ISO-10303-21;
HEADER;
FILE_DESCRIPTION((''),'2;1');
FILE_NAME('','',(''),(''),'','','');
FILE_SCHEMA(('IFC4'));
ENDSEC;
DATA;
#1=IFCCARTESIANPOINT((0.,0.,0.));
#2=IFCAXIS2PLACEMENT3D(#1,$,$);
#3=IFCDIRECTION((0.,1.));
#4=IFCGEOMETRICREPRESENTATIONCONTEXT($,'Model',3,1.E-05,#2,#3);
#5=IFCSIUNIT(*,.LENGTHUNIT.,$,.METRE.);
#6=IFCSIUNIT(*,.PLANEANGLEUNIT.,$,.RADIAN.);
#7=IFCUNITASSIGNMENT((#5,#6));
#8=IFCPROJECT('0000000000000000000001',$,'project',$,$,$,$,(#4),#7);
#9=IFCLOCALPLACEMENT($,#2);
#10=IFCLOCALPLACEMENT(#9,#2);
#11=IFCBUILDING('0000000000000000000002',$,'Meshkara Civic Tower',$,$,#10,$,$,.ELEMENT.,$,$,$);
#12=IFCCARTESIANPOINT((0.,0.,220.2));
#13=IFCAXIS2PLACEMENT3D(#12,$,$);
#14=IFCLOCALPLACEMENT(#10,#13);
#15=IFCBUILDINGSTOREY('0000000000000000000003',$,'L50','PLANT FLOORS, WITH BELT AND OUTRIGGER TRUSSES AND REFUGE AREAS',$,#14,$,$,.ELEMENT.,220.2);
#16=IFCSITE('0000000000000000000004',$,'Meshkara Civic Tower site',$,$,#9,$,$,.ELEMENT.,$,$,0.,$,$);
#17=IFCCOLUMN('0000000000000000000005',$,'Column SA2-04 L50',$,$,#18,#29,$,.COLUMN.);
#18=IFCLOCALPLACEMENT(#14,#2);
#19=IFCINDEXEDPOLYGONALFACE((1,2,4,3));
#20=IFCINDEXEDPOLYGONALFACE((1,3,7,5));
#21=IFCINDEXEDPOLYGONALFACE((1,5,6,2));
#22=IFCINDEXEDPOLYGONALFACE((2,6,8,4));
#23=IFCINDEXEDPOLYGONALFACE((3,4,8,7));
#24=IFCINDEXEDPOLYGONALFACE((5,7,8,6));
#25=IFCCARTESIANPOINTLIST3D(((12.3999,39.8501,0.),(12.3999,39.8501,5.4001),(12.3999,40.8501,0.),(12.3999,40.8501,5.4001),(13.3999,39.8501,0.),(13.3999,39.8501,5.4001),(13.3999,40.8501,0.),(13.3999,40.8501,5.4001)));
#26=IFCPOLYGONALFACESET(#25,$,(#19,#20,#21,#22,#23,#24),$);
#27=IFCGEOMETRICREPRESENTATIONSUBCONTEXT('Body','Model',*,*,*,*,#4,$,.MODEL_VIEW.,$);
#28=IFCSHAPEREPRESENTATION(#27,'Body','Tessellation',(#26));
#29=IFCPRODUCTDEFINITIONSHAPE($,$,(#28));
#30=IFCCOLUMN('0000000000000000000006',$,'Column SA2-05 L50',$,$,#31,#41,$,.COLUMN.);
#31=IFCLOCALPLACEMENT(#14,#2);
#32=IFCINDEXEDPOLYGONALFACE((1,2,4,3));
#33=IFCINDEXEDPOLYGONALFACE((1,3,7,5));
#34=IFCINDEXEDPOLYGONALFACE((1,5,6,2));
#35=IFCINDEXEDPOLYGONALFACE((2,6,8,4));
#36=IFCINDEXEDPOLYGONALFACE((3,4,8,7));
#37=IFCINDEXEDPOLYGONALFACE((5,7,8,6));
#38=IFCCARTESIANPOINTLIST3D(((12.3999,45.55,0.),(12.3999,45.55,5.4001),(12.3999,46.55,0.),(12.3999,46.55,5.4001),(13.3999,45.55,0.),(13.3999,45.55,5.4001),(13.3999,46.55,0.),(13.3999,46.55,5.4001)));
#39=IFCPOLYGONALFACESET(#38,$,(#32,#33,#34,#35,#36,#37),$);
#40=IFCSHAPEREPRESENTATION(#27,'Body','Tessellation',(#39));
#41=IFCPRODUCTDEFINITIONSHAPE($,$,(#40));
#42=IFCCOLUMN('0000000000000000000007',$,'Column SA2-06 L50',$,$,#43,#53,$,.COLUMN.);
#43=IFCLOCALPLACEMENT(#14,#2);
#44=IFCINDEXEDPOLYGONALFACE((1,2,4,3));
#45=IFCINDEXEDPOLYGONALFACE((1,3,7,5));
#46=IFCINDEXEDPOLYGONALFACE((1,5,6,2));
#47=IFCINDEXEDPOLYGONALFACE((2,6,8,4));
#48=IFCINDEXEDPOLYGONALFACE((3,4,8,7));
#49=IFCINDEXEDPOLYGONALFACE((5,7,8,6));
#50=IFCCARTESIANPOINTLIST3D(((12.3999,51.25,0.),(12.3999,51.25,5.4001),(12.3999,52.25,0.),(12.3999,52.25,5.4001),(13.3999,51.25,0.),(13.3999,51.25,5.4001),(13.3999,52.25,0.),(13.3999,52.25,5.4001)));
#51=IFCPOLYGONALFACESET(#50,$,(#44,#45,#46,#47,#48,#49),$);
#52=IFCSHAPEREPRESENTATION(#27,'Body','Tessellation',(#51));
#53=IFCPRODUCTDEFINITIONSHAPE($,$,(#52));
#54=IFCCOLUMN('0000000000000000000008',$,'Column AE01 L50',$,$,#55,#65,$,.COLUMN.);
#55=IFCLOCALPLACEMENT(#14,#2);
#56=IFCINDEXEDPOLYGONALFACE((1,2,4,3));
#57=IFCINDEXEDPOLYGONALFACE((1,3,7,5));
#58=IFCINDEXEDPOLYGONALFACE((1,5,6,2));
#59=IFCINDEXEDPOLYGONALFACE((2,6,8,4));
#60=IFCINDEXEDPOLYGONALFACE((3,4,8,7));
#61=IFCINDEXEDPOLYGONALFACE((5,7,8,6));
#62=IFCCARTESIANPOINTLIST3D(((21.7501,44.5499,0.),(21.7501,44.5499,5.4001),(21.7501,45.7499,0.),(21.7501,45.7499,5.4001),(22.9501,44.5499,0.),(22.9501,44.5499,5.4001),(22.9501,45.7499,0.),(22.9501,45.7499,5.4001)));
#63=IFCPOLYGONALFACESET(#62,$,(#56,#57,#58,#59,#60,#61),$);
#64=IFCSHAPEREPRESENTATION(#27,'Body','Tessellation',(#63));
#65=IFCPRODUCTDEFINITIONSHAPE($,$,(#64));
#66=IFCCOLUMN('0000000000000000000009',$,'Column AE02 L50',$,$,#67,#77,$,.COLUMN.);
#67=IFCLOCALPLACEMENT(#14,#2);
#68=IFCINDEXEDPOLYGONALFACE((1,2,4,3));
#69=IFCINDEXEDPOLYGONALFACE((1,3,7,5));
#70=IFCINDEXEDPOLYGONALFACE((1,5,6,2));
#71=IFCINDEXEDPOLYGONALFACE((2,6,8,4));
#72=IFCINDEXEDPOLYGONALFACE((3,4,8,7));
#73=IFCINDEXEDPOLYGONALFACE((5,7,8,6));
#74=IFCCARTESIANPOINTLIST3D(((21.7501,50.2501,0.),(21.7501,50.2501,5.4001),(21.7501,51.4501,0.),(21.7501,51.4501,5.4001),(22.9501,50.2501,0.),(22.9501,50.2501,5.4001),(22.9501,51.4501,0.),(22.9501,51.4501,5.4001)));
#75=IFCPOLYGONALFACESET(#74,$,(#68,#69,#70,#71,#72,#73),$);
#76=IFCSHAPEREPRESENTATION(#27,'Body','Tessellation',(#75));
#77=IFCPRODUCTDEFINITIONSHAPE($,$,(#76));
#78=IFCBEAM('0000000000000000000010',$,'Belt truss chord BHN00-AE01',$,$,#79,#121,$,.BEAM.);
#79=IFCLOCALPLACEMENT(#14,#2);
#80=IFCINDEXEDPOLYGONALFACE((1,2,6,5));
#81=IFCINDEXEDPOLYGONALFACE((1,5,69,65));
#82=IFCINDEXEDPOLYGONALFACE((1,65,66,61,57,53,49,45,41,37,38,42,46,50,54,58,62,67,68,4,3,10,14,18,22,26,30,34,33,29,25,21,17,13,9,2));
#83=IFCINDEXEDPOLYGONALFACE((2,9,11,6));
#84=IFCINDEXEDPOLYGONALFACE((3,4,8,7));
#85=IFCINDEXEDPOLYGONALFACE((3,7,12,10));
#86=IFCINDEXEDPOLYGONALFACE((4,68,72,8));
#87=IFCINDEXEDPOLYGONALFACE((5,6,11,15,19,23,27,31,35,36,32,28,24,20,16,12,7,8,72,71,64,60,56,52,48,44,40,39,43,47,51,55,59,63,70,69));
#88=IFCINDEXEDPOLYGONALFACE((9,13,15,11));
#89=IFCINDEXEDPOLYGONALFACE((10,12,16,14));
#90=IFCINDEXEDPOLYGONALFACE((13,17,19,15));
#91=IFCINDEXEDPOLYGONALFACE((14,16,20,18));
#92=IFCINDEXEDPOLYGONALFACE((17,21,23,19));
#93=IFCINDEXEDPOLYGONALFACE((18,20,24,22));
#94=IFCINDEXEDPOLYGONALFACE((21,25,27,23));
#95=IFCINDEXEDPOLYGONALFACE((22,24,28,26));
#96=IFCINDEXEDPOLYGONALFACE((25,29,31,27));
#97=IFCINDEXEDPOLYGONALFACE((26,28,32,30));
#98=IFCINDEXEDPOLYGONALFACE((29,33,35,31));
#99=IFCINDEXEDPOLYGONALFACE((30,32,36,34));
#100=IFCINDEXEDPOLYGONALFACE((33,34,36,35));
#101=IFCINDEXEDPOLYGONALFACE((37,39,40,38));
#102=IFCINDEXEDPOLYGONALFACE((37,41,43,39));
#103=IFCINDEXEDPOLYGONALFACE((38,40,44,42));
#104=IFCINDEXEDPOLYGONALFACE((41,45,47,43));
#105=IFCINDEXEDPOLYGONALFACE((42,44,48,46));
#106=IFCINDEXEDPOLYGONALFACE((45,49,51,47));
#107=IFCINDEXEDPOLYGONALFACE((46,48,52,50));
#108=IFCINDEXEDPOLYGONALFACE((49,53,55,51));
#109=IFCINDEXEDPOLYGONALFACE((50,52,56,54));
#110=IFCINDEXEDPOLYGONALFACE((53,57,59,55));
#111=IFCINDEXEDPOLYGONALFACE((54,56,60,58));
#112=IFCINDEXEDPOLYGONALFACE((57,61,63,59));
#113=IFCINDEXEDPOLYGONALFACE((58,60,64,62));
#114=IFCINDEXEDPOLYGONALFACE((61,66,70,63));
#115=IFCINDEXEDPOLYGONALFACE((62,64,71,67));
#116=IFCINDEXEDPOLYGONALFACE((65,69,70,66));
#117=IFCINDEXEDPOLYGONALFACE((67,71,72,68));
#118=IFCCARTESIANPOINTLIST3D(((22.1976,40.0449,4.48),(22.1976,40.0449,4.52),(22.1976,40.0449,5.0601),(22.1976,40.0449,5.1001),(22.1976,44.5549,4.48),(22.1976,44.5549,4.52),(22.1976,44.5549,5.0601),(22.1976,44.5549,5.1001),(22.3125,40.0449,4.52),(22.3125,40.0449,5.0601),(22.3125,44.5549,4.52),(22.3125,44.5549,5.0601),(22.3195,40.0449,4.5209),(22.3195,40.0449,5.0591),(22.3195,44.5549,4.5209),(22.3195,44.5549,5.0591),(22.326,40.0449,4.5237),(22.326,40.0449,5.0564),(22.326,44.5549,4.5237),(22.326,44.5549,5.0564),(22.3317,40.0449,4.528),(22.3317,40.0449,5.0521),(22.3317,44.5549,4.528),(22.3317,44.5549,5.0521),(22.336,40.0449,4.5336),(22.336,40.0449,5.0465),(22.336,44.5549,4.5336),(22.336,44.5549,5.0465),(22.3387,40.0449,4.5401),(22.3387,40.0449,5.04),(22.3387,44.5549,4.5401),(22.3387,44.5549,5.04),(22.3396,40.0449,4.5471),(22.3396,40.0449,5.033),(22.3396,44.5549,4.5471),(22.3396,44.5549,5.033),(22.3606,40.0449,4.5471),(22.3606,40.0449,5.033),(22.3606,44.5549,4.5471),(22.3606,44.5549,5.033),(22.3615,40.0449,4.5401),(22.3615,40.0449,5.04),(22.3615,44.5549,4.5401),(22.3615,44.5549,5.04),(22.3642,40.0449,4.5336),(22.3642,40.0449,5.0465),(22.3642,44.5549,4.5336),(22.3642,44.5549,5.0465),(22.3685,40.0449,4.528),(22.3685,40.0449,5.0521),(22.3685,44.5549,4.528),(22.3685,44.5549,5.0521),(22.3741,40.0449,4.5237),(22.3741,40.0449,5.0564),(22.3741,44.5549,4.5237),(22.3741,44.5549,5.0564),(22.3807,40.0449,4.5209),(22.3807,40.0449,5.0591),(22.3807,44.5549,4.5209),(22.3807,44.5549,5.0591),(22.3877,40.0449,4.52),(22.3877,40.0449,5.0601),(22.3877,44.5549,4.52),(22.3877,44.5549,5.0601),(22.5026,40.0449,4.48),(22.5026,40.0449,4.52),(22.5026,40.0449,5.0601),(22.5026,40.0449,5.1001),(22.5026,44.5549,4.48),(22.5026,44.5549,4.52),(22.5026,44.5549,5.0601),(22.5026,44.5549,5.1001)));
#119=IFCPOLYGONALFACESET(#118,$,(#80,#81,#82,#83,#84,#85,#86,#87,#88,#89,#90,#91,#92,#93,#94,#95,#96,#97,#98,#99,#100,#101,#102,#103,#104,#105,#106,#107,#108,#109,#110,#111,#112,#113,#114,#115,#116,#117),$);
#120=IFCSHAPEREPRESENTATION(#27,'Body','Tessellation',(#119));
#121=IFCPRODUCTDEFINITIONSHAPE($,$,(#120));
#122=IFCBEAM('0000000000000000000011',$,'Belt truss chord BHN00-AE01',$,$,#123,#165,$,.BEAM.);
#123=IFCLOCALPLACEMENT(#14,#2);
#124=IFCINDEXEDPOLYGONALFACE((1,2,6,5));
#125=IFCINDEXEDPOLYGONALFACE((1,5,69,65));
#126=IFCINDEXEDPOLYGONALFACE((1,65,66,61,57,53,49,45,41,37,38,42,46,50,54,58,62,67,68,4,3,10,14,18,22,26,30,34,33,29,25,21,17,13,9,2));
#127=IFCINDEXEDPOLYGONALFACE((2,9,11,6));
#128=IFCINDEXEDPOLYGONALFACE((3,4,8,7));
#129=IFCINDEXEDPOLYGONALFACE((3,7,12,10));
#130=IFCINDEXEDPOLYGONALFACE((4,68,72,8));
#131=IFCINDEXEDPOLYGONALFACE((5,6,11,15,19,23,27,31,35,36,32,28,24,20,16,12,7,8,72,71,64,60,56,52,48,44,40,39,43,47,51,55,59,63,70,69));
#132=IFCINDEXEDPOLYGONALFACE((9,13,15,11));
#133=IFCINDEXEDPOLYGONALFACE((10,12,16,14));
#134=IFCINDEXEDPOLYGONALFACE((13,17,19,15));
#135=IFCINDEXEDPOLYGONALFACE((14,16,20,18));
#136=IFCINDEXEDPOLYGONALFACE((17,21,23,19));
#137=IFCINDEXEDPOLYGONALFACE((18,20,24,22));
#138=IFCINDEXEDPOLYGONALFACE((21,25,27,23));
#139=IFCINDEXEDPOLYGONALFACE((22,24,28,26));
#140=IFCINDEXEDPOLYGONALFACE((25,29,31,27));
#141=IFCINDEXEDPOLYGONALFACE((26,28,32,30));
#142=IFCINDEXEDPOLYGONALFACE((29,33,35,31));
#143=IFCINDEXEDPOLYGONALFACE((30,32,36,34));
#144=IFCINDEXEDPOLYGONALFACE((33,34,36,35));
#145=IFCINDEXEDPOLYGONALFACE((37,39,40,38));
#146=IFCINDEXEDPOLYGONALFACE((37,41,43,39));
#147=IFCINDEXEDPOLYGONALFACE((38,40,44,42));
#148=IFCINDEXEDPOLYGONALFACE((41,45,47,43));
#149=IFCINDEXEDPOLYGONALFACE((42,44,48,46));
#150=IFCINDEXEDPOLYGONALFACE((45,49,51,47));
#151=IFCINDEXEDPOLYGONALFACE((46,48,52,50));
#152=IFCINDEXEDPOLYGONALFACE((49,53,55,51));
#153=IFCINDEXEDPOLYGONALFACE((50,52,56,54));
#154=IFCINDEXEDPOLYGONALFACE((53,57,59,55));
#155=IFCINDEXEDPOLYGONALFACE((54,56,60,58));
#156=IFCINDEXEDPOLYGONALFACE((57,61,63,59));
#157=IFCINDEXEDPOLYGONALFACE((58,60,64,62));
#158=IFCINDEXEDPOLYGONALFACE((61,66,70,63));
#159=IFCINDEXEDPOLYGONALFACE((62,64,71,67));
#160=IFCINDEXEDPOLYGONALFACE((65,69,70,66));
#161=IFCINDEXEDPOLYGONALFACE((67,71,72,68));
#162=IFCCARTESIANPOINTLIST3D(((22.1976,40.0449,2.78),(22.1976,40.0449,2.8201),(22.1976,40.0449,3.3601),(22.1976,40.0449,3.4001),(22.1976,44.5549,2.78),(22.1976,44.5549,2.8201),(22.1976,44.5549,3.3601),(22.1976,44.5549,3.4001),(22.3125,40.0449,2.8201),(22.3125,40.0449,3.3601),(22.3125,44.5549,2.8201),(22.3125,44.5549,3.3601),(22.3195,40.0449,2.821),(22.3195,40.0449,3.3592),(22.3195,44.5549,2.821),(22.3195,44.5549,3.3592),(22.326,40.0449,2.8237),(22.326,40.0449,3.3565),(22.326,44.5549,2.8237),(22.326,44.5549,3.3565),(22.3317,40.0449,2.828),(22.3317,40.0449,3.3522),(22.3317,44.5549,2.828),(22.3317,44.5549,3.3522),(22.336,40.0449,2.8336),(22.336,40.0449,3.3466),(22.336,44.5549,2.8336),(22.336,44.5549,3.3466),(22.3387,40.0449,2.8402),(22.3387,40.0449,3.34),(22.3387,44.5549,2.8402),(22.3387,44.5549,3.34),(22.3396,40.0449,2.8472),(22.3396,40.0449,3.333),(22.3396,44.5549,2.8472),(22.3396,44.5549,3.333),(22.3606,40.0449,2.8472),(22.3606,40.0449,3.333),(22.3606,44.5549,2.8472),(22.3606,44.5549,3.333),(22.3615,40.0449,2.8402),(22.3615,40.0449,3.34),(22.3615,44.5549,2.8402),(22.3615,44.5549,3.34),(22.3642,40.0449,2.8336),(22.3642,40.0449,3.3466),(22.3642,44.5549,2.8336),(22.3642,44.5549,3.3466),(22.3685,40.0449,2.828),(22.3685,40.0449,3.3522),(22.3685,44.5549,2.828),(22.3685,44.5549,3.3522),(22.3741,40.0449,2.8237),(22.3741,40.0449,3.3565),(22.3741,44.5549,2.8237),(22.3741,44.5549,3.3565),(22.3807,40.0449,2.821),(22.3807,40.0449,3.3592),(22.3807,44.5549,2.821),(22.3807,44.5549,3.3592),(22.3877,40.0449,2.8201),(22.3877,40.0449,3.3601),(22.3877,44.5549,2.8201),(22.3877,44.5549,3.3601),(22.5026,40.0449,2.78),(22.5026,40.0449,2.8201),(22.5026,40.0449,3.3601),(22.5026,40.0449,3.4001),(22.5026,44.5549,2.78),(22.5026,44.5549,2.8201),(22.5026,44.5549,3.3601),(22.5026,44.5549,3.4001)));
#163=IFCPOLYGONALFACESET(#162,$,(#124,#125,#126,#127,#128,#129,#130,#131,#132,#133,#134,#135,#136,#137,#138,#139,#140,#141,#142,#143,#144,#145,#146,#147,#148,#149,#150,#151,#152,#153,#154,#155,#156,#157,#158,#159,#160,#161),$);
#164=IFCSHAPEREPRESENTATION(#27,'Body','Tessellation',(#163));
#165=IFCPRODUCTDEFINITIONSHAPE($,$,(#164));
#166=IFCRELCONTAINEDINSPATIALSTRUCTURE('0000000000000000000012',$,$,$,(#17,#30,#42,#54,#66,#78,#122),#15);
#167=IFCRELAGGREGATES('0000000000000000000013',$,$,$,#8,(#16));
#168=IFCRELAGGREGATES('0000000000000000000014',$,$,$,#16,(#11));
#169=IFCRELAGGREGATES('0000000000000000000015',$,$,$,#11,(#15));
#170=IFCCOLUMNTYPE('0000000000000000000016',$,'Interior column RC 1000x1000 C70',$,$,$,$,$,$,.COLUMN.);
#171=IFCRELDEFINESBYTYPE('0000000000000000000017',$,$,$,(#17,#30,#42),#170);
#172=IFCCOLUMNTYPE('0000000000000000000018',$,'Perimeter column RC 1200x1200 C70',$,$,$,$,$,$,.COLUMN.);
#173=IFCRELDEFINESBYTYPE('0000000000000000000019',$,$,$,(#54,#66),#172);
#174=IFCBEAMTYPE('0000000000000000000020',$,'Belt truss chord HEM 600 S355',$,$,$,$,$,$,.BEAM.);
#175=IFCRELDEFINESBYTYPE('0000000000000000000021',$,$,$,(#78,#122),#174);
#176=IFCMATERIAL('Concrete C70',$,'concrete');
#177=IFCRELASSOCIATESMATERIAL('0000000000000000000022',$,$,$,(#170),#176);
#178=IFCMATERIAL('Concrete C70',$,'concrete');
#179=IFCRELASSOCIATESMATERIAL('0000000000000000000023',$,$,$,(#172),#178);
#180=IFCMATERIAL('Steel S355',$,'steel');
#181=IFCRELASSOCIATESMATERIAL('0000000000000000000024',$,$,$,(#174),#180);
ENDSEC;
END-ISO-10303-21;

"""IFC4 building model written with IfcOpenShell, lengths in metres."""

from ifc_helpers import new_model, si_unit, direction, frame, origin, origin_2d, place, context, subcontext, project, spatial, rectangle, i_section, extrude, material, material_profile, profile_set, type_object, element, save


model = new_model("IFC4")

# Units and contexts
model_context = context("Model", 3, precision=1e-05, world=origin(), true_north=direction((0.0, 1.0)))
body_context = subcontext(model_context, "Body", "Model", "MODEL_VIEW")
ifc_project = project(units=[si_unit("LENGTHUNIT", "METRE"), si_unit("PLANEANGLEUNIT", "RADIAN")], contexts=[model_context])

# Site, building, storey
site_placement = place(None, origin())
site = spatial("IfcSite", under=ifc_project, at=site_placement, Name="Meshkara Civic Tower site", CompositionType="ELEMENT", RefElevation=0.0)
building_placement = place(site_placement, origin())
building = spatial("IfcBuilding", under=site, at=building_placement, Name="Meshkara Civic Tower", CompositionType="ELEMENT")
storey_placement = place(building_placement, frame((0.0, 0.0, 220.2)))
storey = spatial("IfcBuildingStorey", under=building, at=storey_placement, Name="L50", Description="PLANT FLOORS, WITH BELT AND OUTRIGGER TRUSSES AND REFUGE AREAS", CompositionType="ELEMENT", Elevation=220.2)

# Columns
ifc_material_1 = material(Name="Concrete C70", Category="concrete")
ifc_material_profile_1 = material_profile(ifc_material_1, rectangle(XDim=1.0, YDim=1.0, at=origin_2d()))
ifc_profile_set_1 = profile_set([ifc_material_profile_1], Name="Concrete C70")
column_type_1 = type_object("IfcColumnType", Name="Interior column RC 1000x1000 C70", PredefinedType="COLUMN", material=ifc_profile_set_1)
for number, where, z_axis, x_axis, name in (
    (1, (12.8999, 40.3501, 0.0), (0.0, 0.0, 1.0), (1.0, 0.0, 0.0), "Column SA2-04 L50"),
    (2, (12.8999, 46.05, 0.0), (0.0, 0.0, 1.0), (1.0, 0.0, 0.0), "Column SA2-05 L50"),
    (3, (12.8999, 51.75, 0.0), (0.0, 0.0, 1.0), (1.0, 0.0, 0.0), "Column SA2-06 L50"),
):
    element("IfcColumn", number, at=place(storey_placement, frame(where, z_axis=z_axis, x_axis=x_axis)), inside=storey, type_object=column_type_1, Name=name, PredefinedType="COLUMN", context=body_context, shape_type="SweptSolid", body=[
        extrude(rectangle(XDim=1.0, YDim=1.0, at=origin_2d()), origin(), (0.0, 0.0, 1.0), 5.4001),
    ])
ifc_material_2 = material(Name="Concrete C70", Category="concrete")
ifc_material_profile_2 = material_profile(ifc_material_2, rectangle(XDim=1.2, YDim=1.2, at=origin_2d()))
ifc_profile_set_2 = profile_set([ifc_material_profile_2], Name="Concrete C70")
column_type_2 = type_object("IfcColumnType", Name="Perimeter column RC 1200x1200 C70", PredefinedType="COLUMN", material=ifc_profile_set_2)
for number, where, z_axis, x_axis, name in (
    (4, (22.3501, 45.1499, 0.0), (0.0, 0.0, 1.0), (1.0, 0.0, 0.0), "Column AE01 L50"),
    (5, (22.3501, 50.8501, 0.0), (0.0, 0.0, 1.0), (1.0, 0.0, 0.0), "Column AE02 L50"),
):
    element("IfcColumn", number, at=place(storey_placement, frame(where, z_axis=z_axis, x_axis=x_axis)), inside=storey, type_object=column_type_2, Name=name, PredefinedType="COLUMN", context=body_context, shape_type="SweptSolid", body=[
        extrude(rectangle(XDim=1.2, YDim=1.2, at=origin_2d()), origin(), (0.0, 0.0, 1.0), 5.4001),
    ])

# Beams
ifc_material_3 = material(Name="Steel S355", Category="steel")
ifc_material_profile_3 = material_profile(ifc_material_3, i_section(OverallWidth=0.3049, OverallDepth=0.6201, WebThickness=0.021, FlangeThickness=0.04, FilletRadius=0.0271, at=origin_2d()))
ifc_profile_set_3 = profile_set([ifc_material_profile_3], Name="Steel S355")
beam_type_1 = type_object("IfcBeamType", Name="Belt truss chord HEM 600 S355", PredefinedType="BEAM", material=ifc_profile_set_3)
for number, where, z_axis, x_axis, name in (
    (6, (22.3501, 40.0449, 4.79), (0.0, 1.0, 0.0), (-1.0, 0.0, 0.0), "Belt truss chord BHN00-AE01"),
    (7, (22.3501, 40.0449, 3.0901), (0.0, 1.0, 0.0), (-1.0, 0.0, 0.0), "Belt truss chord BHN00-AE01"),
):
    element("IfcBeam", number, at=place(storey_placement, frame(where, z_axis=z_axis, x_axis=x_axis)), inside=storey, type_object=beam_type_1, Name=name, PredefinedType="BEAM", context=body_context, shape_type="SweptSolid", body=[
        extrude(i_section(OverallWidth=0.3049, OverallDepth=0.6201, WebThickness=0.021, FlangeThickness=0.04, FilletRadius=0.0271, at=origin_2d()), origin(), (0.0, 0.0, 1.0), 4.51),
    ])

save(model, "model.ifc")
